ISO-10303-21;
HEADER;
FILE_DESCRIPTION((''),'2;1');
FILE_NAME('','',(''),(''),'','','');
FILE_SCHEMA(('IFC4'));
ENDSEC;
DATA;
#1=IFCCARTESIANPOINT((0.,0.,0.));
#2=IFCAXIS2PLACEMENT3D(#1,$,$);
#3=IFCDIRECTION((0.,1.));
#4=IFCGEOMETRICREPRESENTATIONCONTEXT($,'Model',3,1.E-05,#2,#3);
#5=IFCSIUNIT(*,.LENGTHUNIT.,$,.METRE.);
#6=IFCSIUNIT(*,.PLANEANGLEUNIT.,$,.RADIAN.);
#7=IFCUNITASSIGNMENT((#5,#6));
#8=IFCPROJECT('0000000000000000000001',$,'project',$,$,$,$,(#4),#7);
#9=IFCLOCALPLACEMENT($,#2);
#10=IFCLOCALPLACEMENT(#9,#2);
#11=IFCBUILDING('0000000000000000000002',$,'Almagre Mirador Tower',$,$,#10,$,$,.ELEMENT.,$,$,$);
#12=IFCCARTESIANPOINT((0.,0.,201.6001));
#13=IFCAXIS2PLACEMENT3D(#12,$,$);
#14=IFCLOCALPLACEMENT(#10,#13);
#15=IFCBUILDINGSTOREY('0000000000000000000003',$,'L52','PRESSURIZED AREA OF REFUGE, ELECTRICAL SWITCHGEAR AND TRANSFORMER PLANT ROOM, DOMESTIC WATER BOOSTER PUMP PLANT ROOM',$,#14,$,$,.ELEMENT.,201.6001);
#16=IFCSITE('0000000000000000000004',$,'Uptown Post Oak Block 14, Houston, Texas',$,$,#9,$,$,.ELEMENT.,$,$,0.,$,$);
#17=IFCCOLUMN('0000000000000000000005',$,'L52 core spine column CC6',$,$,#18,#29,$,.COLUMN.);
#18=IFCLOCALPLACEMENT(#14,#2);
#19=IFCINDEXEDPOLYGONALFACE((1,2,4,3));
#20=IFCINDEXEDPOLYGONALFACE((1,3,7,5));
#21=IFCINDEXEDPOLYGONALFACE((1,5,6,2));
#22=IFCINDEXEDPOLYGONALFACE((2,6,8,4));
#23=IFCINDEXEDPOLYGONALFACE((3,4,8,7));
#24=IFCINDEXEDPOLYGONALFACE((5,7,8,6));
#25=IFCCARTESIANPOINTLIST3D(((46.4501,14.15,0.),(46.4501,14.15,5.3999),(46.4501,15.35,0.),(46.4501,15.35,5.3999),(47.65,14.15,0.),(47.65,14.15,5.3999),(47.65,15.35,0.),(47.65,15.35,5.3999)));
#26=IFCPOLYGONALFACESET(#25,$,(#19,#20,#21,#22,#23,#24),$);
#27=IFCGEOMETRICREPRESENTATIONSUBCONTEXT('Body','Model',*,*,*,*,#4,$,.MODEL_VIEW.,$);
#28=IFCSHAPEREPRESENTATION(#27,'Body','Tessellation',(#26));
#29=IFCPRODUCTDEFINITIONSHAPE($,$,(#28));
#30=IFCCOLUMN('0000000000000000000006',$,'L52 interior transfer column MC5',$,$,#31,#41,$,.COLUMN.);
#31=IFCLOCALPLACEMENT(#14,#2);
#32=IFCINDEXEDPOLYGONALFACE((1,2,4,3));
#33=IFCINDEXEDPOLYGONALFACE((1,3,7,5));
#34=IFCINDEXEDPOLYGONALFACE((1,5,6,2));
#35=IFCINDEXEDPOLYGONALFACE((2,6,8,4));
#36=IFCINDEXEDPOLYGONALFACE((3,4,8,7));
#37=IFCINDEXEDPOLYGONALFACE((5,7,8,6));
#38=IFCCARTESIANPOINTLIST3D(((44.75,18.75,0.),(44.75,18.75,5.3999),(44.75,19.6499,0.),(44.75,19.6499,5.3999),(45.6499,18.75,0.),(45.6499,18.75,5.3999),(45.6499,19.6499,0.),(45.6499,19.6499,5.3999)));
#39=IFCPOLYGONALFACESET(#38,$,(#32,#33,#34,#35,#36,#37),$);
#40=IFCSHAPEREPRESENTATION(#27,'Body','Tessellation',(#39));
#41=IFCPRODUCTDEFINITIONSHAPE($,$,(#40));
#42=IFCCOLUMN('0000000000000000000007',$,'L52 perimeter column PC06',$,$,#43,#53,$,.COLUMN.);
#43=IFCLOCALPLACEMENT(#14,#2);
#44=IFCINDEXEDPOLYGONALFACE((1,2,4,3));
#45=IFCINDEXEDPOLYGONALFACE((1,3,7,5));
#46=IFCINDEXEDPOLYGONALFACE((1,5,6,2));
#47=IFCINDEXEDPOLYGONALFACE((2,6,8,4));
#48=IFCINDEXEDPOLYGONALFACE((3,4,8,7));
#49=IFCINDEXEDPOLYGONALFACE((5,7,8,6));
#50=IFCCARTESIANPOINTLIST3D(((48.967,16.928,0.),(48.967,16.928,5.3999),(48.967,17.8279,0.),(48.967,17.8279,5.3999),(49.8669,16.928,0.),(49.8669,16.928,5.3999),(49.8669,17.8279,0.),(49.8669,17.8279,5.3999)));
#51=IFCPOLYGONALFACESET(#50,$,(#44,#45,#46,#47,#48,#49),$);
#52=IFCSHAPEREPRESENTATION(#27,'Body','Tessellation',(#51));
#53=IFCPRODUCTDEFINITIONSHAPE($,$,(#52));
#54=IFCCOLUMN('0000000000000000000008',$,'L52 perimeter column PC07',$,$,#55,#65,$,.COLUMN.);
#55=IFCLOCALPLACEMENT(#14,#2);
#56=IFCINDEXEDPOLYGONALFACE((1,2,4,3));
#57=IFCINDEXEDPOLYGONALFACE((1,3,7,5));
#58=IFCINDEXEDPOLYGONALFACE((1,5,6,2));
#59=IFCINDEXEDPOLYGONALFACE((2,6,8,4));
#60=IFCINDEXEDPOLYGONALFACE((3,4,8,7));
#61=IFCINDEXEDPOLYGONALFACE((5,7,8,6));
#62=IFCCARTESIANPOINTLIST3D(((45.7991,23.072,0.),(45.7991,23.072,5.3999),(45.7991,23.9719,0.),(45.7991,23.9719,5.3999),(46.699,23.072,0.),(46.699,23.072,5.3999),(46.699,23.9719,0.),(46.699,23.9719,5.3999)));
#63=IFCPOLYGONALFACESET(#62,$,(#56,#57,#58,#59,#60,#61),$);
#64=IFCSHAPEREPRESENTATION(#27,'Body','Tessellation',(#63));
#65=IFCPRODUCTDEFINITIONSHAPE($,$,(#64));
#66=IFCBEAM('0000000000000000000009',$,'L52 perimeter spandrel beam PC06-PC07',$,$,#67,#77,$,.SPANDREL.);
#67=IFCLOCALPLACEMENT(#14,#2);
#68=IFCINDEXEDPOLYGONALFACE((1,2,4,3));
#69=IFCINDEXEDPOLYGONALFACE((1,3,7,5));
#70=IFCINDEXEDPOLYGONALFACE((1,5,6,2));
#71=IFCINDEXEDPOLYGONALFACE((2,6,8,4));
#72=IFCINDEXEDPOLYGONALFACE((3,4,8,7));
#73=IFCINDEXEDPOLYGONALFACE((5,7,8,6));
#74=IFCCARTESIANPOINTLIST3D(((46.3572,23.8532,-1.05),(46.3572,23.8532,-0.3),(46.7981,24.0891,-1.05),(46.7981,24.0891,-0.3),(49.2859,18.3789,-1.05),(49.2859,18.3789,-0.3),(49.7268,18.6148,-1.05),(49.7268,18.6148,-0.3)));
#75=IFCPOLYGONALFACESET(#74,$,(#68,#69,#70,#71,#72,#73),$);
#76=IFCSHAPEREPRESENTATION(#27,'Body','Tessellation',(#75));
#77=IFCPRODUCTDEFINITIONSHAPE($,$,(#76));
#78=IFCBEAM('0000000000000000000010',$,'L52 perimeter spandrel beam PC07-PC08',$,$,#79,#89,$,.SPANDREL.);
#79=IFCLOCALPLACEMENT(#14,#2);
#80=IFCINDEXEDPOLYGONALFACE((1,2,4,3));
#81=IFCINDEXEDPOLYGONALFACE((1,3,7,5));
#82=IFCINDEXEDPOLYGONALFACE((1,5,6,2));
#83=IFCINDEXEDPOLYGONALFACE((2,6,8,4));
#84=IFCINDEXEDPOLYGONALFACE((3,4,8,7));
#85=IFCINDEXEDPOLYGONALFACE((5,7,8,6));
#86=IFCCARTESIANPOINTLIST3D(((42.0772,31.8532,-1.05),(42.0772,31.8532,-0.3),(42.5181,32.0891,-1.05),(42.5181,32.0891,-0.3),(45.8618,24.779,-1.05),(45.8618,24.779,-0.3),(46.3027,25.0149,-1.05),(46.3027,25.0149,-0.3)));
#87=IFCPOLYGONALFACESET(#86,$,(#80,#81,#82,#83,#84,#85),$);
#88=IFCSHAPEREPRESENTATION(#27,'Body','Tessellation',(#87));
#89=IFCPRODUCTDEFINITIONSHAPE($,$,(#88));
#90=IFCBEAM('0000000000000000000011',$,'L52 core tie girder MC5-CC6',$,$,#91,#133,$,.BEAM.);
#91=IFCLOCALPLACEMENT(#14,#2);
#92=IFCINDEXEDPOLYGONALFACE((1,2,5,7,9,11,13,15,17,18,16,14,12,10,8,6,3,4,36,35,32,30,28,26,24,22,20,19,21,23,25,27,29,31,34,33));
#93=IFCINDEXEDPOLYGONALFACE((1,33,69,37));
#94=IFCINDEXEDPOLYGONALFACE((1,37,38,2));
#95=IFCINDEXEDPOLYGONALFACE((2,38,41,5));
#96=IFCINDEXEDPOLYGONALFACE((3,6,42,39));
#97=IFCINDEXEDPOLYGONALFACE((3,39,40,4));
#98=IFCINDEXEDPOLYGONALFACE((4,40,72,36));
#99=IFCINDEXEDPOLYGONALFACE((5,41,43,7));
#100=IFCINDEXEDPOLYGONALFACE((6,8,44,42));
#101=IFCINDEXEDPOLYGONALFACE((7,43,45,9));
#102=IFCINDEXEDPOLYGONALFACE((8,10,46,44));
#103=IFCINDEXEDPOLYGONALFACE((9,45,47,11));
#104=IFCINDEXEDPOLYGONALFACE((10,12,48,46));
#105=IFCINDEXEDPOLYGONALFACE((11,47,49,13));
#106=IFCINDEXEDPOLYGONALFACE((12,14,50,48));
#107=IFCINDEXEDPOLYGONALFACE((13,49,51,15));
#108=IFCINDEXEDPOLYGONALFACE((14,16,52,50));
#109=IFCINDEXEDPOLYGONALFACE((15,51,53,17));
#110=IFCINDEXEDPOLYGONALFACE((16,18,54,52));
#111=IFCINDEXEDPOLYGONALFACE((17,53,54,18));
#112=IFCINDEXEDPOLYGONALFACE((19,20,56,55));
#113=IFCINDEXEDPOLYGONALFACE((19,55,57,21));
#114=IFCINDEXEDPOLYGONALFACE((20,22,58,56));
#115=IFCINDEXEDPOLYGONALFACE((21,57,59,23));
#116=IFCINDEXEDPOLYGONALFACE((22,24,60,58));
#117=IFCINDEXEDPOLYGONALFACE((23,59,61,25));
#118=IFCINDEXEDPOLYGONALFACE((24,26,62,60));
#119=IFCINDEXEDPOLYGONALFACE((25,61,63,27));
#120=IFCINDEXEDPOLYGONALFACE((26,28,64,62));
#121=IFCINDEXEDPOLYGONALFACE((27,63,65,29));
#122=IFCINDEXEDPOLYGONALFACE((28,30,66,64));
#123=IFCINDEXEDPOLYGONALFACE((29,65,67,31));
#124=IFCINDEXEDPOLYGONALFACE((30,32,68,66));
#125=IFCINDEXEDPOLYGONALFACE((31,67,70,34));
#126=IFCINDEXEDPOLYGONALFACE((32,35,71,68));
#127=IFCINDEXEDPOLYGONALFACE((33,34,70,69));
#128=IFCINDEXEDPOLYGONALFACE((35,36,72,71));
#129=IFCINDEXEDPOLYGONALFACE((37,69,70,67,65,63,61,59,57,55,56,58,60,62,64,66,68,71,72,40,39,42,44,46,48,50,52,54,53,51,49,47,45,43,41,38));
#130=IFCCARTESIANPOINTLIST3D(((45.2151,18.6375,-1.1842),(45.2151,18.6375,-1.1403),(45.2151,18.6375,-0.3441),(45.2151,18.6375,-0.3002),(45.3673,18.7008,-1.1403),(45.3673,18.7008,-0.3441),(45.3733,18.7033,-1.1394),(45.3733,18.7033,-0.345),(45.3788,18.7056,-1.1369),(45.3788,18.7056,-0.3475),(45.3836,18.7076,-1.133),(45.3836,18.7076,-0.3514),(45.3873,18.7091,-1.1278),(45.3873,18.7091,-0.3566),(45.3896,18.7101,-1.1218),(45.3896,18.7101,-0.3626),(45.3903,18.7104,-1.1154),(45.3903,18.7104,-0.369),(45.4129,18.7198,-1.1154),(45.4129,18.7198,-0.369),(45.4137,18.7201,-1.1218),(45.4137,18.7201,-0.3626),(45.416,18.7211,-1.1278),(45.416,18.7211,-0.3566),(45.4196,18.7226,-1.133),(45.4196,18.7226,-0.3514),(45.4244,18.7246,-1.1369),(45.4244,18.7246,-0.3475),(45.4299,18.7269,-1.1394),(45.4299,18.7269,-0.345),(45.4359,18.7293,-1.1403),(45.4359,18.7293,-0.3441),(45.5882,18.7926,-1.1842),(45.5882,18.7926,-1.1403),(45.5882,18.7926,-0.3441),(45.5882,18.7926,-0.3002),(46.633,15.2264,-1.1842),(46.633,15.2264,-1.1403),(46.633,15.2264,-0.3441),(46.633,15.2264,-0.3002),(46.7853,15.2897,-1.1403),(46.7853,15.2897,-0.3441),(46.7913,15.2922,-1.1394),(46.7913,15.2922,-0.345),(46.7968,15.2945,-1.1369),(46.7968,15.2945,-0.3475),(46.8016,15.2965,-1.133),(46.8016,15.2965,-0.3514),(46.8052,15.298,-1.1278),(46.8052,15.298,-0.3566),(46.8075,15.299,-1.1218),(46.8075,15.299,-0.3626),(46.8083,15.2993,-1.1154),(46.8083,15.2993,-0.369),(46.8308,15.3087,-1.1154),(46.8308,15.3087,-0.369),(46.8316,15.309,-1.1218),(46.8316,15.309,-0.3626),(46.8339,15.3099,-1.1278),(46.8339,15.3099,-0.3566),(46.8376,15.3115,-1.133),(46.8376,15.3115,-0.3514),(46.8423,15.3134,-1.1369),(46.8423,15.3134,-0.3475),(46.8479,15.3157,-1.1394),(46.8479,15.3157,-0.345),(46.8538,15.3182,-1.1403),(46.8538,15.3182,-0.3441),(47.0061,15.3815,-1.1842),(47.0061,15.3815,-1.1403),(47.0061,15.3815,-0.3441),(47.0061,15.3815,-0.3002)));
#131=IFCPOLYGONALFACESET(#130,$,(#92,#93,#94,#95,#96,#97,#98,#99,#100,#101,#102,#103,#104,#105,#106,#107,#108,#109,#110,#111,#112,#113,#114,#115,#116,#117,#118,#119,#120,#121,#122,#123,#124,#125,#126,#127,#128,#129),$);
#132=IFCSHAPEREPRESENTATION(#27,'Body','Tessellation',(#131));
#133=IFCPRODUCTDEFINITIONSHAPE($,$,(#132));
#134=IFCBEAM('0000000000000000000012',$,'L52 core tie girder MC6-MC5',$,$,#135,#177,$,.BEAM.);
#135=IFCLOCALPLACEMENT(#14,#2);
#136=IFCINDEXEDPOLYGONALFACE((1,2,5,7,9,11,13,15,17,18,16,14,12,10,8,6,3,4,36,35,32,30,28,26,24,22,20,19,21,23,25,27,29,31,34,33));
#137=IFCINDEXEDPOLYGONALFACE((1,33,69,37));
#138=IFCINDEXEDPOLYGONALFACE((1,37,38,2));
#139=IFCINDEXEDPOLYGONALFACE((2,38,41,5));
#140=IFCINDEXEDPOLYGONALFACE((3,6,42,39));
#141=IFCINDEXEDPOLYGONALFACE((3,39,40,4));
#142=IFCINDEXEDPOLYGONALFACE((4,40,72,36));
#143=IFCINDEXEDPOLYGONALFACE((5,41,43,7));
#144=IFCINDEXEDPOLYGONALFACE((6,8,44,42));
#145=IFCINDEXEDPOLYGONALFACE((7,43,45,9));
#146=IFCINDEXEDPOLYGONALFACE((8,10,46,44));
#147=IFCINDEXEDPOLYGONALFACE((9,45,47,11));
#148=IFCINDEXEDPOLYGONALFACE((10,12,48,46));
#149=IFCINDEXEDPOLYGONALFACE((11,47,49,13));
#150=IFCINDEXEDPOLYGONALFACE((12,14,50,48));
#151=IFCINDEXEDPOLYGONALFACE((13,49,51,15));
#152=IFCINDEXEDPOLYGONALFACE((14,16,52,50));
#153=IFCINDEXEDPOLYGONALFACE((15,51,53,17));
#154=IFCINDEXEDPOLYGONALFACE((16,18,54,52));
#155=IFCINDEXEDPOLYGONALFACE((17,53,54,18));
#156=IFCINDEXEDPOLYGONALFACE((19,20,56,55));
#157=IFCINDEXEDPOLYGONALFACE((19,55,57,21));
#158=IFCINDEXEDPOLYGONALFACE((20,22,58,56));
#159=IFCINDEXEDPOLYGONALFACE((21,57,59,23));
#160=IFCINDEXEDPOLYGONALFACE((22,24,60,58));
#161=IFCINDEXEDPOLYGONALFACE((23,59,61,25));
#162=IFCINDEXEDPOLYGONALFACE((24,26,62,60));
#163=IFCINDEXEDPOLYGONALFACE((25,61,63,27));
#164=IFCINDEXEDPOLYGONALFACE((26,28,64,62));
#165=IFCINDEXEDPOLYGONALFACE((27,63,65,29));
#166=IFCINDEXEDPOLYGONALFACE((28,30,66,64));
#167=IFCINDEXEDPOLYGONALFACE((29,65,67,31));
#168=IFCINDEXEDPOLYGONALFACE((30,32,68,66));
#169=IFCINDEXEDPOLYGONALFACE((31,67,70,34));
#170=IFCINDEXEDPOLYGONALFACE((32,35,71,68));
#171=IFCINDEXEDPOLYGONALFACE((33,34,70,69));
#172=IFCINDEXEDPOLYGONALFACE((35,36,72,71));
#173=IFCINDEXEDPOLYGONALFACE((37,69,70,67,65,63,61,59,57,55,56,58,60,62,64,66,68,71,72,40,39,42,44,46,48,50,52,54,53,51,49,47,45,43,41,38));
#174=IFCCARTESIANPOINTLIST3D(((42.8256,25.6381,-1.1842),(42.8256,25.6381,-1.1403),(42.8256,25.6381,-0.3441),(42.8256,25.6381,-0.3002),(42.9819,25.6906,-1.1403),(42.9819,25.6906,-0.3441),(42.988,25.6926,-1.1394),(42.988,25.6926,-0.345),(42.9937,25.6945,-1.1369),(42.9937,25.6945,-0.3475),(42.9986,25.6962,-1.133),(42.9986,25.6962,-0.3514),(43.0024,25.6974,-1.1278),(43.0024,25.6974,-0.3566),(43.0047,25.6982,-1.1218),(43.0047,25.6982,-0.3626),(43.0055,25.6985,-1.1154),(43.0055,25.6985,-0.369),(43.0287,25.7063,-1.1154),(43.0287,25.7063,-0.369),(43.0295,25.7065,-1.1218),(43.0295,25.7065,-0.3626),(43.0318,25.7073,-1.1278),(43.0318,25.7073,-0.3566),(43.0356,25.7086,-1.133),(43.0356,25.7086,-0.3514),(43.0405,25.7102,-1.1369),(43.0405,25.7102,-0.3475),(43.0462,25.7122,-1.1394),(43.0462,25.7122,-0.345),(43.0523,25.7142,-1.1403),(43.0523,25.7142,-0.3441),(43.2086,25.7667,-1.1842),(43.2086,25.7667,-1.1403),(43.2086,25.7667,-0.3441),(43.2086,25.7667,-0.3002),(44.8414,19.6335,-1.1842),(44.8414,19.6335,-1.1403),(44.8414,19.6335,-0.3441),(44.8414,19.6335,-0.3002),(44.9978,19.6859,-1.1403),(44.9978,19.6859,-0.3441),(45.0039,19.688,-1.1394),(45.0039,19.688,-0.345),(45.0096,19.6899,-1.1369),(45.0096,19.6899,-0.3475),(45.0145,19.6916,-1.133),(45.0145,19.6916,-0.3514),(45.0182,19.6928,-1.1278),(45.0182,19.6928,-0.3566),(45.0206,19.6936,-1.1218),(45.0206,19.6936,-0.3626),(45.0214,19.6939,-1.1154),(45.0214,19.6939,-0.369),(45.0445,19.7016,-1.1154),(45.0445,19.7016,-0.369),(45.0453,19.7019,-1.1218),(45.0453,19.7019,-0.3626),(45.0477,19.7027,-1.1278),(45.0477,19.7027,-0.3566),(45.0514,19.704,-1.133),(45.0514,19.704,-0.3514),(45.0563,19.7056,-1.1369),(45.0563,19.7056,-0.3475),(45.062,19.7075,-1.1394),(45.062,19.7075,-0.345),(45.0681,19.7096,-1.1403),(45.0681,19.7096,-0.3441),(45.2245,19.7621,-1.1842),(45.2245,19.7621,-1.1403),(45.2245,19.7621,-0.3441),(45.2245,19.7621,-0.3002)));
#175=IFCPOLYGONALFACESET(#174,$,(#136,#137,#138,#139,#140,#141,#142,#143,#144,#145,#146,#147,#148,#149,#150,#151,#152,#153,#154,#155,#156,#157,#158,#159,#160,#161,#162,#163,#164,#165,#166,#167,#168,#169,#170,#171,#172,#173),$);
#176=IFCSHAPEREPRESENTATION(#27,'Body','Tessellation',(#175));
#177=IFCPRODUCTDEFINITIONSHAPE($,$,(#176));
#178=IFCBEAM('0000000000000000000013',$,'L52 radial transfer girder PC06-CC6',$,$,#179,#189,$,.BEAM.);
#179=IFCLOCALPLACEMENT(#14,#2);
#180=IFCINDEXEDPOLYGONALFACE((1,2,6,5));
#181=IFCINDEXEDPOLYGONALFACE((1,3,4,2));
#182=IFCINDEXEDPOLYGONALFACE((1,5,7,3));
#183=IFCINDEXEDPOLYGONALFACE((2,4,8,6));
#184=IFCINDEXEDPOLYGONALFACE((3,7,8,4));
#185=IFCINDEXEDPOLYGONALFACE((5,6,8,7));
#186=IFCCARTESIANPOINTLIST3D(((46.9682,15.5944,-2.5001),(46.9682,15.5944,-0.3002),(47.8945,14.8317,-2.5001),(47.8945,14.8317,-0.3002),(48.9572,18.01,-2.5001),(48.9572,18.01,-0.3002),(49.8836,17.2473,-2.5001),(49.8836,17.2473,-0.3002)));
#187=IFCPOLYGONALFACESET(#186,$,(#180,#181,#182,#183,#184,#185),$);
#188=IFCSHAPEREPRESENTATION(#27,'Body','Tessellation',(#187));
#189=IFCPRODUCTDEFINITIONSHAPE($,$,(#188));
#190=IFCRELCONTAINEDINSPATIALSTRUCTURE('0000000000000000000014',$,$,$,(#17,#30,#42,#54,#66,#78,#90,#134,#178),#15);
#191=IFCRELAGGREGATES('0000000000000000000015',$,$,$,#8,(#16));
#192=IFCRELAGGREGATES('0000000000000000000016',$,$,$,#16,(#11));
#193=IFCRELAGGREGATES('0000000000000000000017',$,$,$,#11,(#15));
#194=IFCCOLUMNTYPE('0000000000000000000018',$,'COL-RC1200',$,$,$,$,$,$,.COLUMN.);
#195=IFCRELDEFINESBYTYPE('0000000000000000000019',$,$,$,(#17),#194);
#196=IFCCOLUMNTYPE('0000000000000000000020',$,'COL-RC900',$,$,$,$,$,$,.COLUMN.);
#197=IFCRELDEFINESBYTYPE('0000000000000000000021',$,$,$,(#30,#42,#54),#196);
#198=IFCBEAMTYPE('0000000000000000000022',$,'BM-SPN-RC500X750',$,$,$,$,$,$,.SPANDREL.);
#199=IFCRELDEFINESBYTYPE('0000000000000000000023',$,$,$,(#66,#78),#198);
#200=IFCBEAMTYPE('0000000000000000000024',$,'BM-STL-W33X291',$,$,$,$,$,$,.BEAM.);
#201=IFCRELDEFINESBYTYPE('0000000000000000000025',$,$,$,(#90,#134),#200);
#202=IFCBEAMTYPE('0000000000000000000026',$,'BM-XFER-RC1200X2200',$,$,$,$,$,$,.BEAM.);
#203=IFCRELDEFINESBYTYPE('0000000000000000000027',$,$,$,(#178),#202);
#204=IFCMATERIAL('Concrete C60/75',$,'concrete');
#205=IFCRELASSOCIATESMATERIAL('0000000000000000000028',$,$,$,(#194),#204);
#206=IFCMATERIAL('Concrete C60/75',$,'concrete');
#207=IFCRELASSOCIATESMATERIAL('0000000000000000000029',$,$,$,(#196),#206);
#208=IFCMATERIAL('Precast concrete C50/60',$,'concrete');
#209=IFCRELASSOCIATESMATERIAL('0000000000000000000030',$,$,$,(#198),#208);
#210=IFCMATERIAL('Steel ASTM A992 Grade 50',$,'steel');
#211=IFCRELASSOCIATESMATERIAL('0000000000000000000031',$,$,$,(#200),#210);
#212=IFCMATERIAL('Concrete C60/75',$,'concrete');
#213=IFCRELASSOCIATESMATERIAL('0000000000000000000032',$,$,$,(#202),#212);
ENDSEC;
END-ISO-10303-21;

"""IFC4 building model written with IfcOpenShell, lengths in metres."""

from ifc_helpers import new_model, si_unit, direction, frame, origin, origin_2d, place, context, subcontext, project, spatial, rectangle, i_section, extrude, material, material_profile, profile_set, type_object, element, save


model = new_model("IFC4")

# Units and contexts
model_context = context("Model", 3, precision=1e-05, world=origin(), true_north=direction((0.0, 1.0)))
body_context = subcontext(model_context, "Body", "Model", "MODEL_VIEW")
ifc_project = project(units=[si_unit("LENGTHUNIT", "METRE"), si_unit("PLANEANGLEUNIT", "RADIAN")], contexts=[model_context])

# Site, building, storey
site_placement = place(None, origin())
site = spatial("IfcSite", under=ifc_project, at=site_placement, Name="Uptown Post Oak Block 14, Houston, Texas", CompositionType="ELEMENT", RefElevation=0.0)
building_placement = place(site_placement, origin())
building = spatial("IfcBuilding", under=site, at=building_placement, Name="Almagre Mirador Tower", CompositionType="ELEMENT")
storey_placement = place(building_placement, frame((0.0, 0.0, 201.6001)))
storey = spatial("IfcBuildingStorey", under=building, at=storey_placement, Name="L52", Description="PRESSURIZED AREA OF REFUGE, ELECTRICAL SWITCHGEAR AND TRANSFORMER PLANT ROOM, DOMESTIC WATER BOOSTER PUMP PLANT ROOM", CompositionType="ELEMENT", Elevation=201.6001)

# Columns
ifc_material_1 = material(Name="Concrete C60/75", Category="concrete")
ifc_material_profile_1 = material_profile(ifc_material_1, rectangle(XDim=1.2, YDim=1.2, at=origin_2d()), Name="RC1200X1200")
ifc_profile_set_1 = profile_set([ifc_material_profile_1], Name="Concrete C60/75")
column_type_1 = type_object("IfcColumnType", Name="COL-RC1200", PredefinedType="COLUMN", material=ifc_profile_set_1)
column_placement = place(storey_placement, frame((47.05, 14.75, 0.0), z_axis=(0.0, 0.0, 1.0), x_axis=(1.0, 0.0, 0.0)))
element("IfcColumn", 1, at=column_placement, inside=storey, type_object=column_type_1, Name="L52 core spine column CC6", PredefinedType="COLUMN", context=body_context, shape_type="SweptSolid", body=[
    extrude(rectangle(XDim=1.2, YDim=1.2, at=origin_2d()), origin(), (0.0, 0.0, 1.0), 5.3999),
])
ifc_material_2 = material(Name="Concrete C60/75", Category="concrete")
ifc_material_profile_2 = material_profile(ifc_material_2, rectangle(XDim=0.8999, YDim=0.8999, at=origin_2d()), Name="RC900X900")
ifc_profile_set_2 = profile_set([ifc_material_profile_2], Name="Concrete C60/75")
column_type_2 = type_object("IfcColumnType", Name="COL-RC900", PredefinedType="COLUMN", material=ifc_profile_set_2)
for number, where, z_axis, x_axis, name in (
    (2, (45.2, 19.2, 0.0), (0.0, 0.0, 1.0), (1.0, 0.0, 0.0), "L52 interior transfer column MC5"),
    (3, (49.417, 17.3779, 0.0), (0.0, 0.0, 1.0), (1.0, 0.0, 0.0), "L52 perimeter column PC06"),
    (4, (46.249, 23.522, 0.0), (0.0, 0.0, 1.0), (1.0, 0.0, 0.0), "L52 perimeter column PC07"),
):
    element("IfcColumn", number, at=place(storey_placement, frame(where, z_axis=z_axis, x_axis=x_axis)), inside=storey, type_object=column_type_2, Name=name, PredefinedType="COLUMN", context=body_context, shape_type="SweptSolid", body=[
        extrude(rectangle(XDim=0.8999, YDim=0.8999, at=origin_2d()), origin(), (0.0, 0.0, 1.0), 5.3999),
    ])

# Beams
ifc_material_3 = material(Name="Precast concrete C50/60", Category="concrete")
ifc_material_profile_3 = material_profile(ifc_material_3, rectangle(XDim=0.5, YDim=0.75, at=origin_2d()), Name="RC500X750")
ifc_profile_set_3 = profile_set([ifc_material_profile_3], Name="Precast concrete C50/60")
beam_type_1 = type_object("IfcBeamType", Name="BM-SPN-RC500X750", PredefinedType="SPANDREL", material=ifc_profile_set_3)
beam_1_placement = place(storey_placement, frame((49.5063, 18.4968, -0.675), z_axis=(-0.471723, 0.881747, 0.0), x_axis=(-0.881747, -0.471723, 0.0)))
element("IfcBeam", 5, at=beam_1_placement, inside=storey, type_object=beam_type_1, Name="L52 perimeter spandrel beam PC06-PC07", PredefinedType="SPANDREL", context=body_context, shape_type="SweptSolid", body=[
    extrude(rectangle(XDim=0.5, YDim=0.75, at=origin_2d()), origin(), (0.0, 0.0, 1.0), 6.2085),
])
beam_2_placement = place(storey_placement, frame((46.0823, 24.897, -0.675), z_axis=(-0.471728, 0.881744, 0.0), x_axis=(-0.881744, -0.471728, 0.0)))
element("IfcBeam", 6, at=beam_2_placement, inside=storey, type_object=beam_type_1, Name="L52 perimeter spandrel beam PC07-PC08", PredefinedType="SPANDREL", context=body_context, shape_type="SweptSolid", body=[
    extrude(rectangle(XDim=0.5, YDim=0.75, at=origin_2d()), origin(), (0.0, 0.0, 1.0), 8.0229),
])
ifc_material_4 = material(Name="Steel ASTM A992 Grade 50", Category="steel")
ifc_material_profile_4 = material_profile(ifc_material_4, i_section(OverallWidth=0.4041, OverallDepth=0.884, WebThickness=0.0244, FlangeThickness=0.0439, FilletRadius=0.0249, at=origin_2d()), Name="W33X291")
ifc_profile_set_4 = profile_set([ifc_material_profile_4], Name="Steel ASTM A992 Grade 50")
beam_type_2 = type_object("IfcBeamType", Name="BM-STL-W33X291", PredefinedType="BEAM", material=ifc_profile_set_4)
beam_3_placement = place(storey_placement, frame((45.4016, 18.7151, -0.7422), z_axis=(0.383846, -0.923397, 0.0), x_axis=(0.923397, 0.383846, 0.0)))
element("IfcBeam", 7, at=beam_3_placement, inside=storey, type_object=beam_type_2, Name="L52 core tie girder MC5-CC6", PredefinedType="BEAM", context=body_context, shape_type="SweptSolid", body=[
    extrude(i_section(OverallWidth=0.4041, OverallDepth=0.884, WebThickness=0.0244, FlangeThickness=0.0439, FilletRadius=0.0249, at=origin_2d()), origin(), (0.0, 0.0, 1.0), 3.6941),
])
beam_4_placement = place(storey_placement, frame((43.0171, 25.7024, -0.7422), z_axis=(0.318262, -0.948003, 0.0), x_axis=(0.948003, 0.318262, 0.0)))
element("IfcBeam", 8, at=beam_4_placement, inside=storey, type_object=beam_type_2, Name="L52 core tie girder MC6-MC5", PredefinedType="BEAM", context=body_context, shape_type="SweptSolid", body=[
    extrude(i_section(OverallWidth=0.4041, OverallDepth=0.884, WebThickness=0.0244, FlangeThickness=0.0439, FilletRadius=0.0249, at=origin_2d()), origin(), (0.0, 0.0, 1.0), 6.334),
])
ifc_material_5 = material(Name="Concrete C60/75", Category="concrete")
ifc_material_profile_5 = material_profile(ifc_material_5, rectangle(XDim=1.2, YDim=2.2, at=origin_2d()), Name="RC1200X2200")
ifc_profile_set_5 = profile_set([ifc_material_profile_5], Name="Concrete C60/75")
beam_type_3 = type_object("IfcBeamType", Name="BM-XFER-RC1200X2200", PredefinedType="BEAM", material=ifc_profile_set_5)
beam_5_placement = place(storey_placement, frame((49.4204, 17.6287, -1.4001), z_axis=(-0.635661, -0.771969, 0.0), x_axis=(0.771969, -0.635661, 0.0)))
element("IfcBeam", 9, at=beam_5_placement, inside=storey, type_object=beam_type_3, Name="L52 radial transfer girder PC06-CC6", PredefinedType="BEAM", context=body_context, shape_type="SweptSolid", body=[
    extrude(rectangle(XDim=1.2, YDim=2.2, at=origin_2d()), origin(), (0.0, 0.0, 1.0), 3.1292),
])

save(model, "model.ifc")
